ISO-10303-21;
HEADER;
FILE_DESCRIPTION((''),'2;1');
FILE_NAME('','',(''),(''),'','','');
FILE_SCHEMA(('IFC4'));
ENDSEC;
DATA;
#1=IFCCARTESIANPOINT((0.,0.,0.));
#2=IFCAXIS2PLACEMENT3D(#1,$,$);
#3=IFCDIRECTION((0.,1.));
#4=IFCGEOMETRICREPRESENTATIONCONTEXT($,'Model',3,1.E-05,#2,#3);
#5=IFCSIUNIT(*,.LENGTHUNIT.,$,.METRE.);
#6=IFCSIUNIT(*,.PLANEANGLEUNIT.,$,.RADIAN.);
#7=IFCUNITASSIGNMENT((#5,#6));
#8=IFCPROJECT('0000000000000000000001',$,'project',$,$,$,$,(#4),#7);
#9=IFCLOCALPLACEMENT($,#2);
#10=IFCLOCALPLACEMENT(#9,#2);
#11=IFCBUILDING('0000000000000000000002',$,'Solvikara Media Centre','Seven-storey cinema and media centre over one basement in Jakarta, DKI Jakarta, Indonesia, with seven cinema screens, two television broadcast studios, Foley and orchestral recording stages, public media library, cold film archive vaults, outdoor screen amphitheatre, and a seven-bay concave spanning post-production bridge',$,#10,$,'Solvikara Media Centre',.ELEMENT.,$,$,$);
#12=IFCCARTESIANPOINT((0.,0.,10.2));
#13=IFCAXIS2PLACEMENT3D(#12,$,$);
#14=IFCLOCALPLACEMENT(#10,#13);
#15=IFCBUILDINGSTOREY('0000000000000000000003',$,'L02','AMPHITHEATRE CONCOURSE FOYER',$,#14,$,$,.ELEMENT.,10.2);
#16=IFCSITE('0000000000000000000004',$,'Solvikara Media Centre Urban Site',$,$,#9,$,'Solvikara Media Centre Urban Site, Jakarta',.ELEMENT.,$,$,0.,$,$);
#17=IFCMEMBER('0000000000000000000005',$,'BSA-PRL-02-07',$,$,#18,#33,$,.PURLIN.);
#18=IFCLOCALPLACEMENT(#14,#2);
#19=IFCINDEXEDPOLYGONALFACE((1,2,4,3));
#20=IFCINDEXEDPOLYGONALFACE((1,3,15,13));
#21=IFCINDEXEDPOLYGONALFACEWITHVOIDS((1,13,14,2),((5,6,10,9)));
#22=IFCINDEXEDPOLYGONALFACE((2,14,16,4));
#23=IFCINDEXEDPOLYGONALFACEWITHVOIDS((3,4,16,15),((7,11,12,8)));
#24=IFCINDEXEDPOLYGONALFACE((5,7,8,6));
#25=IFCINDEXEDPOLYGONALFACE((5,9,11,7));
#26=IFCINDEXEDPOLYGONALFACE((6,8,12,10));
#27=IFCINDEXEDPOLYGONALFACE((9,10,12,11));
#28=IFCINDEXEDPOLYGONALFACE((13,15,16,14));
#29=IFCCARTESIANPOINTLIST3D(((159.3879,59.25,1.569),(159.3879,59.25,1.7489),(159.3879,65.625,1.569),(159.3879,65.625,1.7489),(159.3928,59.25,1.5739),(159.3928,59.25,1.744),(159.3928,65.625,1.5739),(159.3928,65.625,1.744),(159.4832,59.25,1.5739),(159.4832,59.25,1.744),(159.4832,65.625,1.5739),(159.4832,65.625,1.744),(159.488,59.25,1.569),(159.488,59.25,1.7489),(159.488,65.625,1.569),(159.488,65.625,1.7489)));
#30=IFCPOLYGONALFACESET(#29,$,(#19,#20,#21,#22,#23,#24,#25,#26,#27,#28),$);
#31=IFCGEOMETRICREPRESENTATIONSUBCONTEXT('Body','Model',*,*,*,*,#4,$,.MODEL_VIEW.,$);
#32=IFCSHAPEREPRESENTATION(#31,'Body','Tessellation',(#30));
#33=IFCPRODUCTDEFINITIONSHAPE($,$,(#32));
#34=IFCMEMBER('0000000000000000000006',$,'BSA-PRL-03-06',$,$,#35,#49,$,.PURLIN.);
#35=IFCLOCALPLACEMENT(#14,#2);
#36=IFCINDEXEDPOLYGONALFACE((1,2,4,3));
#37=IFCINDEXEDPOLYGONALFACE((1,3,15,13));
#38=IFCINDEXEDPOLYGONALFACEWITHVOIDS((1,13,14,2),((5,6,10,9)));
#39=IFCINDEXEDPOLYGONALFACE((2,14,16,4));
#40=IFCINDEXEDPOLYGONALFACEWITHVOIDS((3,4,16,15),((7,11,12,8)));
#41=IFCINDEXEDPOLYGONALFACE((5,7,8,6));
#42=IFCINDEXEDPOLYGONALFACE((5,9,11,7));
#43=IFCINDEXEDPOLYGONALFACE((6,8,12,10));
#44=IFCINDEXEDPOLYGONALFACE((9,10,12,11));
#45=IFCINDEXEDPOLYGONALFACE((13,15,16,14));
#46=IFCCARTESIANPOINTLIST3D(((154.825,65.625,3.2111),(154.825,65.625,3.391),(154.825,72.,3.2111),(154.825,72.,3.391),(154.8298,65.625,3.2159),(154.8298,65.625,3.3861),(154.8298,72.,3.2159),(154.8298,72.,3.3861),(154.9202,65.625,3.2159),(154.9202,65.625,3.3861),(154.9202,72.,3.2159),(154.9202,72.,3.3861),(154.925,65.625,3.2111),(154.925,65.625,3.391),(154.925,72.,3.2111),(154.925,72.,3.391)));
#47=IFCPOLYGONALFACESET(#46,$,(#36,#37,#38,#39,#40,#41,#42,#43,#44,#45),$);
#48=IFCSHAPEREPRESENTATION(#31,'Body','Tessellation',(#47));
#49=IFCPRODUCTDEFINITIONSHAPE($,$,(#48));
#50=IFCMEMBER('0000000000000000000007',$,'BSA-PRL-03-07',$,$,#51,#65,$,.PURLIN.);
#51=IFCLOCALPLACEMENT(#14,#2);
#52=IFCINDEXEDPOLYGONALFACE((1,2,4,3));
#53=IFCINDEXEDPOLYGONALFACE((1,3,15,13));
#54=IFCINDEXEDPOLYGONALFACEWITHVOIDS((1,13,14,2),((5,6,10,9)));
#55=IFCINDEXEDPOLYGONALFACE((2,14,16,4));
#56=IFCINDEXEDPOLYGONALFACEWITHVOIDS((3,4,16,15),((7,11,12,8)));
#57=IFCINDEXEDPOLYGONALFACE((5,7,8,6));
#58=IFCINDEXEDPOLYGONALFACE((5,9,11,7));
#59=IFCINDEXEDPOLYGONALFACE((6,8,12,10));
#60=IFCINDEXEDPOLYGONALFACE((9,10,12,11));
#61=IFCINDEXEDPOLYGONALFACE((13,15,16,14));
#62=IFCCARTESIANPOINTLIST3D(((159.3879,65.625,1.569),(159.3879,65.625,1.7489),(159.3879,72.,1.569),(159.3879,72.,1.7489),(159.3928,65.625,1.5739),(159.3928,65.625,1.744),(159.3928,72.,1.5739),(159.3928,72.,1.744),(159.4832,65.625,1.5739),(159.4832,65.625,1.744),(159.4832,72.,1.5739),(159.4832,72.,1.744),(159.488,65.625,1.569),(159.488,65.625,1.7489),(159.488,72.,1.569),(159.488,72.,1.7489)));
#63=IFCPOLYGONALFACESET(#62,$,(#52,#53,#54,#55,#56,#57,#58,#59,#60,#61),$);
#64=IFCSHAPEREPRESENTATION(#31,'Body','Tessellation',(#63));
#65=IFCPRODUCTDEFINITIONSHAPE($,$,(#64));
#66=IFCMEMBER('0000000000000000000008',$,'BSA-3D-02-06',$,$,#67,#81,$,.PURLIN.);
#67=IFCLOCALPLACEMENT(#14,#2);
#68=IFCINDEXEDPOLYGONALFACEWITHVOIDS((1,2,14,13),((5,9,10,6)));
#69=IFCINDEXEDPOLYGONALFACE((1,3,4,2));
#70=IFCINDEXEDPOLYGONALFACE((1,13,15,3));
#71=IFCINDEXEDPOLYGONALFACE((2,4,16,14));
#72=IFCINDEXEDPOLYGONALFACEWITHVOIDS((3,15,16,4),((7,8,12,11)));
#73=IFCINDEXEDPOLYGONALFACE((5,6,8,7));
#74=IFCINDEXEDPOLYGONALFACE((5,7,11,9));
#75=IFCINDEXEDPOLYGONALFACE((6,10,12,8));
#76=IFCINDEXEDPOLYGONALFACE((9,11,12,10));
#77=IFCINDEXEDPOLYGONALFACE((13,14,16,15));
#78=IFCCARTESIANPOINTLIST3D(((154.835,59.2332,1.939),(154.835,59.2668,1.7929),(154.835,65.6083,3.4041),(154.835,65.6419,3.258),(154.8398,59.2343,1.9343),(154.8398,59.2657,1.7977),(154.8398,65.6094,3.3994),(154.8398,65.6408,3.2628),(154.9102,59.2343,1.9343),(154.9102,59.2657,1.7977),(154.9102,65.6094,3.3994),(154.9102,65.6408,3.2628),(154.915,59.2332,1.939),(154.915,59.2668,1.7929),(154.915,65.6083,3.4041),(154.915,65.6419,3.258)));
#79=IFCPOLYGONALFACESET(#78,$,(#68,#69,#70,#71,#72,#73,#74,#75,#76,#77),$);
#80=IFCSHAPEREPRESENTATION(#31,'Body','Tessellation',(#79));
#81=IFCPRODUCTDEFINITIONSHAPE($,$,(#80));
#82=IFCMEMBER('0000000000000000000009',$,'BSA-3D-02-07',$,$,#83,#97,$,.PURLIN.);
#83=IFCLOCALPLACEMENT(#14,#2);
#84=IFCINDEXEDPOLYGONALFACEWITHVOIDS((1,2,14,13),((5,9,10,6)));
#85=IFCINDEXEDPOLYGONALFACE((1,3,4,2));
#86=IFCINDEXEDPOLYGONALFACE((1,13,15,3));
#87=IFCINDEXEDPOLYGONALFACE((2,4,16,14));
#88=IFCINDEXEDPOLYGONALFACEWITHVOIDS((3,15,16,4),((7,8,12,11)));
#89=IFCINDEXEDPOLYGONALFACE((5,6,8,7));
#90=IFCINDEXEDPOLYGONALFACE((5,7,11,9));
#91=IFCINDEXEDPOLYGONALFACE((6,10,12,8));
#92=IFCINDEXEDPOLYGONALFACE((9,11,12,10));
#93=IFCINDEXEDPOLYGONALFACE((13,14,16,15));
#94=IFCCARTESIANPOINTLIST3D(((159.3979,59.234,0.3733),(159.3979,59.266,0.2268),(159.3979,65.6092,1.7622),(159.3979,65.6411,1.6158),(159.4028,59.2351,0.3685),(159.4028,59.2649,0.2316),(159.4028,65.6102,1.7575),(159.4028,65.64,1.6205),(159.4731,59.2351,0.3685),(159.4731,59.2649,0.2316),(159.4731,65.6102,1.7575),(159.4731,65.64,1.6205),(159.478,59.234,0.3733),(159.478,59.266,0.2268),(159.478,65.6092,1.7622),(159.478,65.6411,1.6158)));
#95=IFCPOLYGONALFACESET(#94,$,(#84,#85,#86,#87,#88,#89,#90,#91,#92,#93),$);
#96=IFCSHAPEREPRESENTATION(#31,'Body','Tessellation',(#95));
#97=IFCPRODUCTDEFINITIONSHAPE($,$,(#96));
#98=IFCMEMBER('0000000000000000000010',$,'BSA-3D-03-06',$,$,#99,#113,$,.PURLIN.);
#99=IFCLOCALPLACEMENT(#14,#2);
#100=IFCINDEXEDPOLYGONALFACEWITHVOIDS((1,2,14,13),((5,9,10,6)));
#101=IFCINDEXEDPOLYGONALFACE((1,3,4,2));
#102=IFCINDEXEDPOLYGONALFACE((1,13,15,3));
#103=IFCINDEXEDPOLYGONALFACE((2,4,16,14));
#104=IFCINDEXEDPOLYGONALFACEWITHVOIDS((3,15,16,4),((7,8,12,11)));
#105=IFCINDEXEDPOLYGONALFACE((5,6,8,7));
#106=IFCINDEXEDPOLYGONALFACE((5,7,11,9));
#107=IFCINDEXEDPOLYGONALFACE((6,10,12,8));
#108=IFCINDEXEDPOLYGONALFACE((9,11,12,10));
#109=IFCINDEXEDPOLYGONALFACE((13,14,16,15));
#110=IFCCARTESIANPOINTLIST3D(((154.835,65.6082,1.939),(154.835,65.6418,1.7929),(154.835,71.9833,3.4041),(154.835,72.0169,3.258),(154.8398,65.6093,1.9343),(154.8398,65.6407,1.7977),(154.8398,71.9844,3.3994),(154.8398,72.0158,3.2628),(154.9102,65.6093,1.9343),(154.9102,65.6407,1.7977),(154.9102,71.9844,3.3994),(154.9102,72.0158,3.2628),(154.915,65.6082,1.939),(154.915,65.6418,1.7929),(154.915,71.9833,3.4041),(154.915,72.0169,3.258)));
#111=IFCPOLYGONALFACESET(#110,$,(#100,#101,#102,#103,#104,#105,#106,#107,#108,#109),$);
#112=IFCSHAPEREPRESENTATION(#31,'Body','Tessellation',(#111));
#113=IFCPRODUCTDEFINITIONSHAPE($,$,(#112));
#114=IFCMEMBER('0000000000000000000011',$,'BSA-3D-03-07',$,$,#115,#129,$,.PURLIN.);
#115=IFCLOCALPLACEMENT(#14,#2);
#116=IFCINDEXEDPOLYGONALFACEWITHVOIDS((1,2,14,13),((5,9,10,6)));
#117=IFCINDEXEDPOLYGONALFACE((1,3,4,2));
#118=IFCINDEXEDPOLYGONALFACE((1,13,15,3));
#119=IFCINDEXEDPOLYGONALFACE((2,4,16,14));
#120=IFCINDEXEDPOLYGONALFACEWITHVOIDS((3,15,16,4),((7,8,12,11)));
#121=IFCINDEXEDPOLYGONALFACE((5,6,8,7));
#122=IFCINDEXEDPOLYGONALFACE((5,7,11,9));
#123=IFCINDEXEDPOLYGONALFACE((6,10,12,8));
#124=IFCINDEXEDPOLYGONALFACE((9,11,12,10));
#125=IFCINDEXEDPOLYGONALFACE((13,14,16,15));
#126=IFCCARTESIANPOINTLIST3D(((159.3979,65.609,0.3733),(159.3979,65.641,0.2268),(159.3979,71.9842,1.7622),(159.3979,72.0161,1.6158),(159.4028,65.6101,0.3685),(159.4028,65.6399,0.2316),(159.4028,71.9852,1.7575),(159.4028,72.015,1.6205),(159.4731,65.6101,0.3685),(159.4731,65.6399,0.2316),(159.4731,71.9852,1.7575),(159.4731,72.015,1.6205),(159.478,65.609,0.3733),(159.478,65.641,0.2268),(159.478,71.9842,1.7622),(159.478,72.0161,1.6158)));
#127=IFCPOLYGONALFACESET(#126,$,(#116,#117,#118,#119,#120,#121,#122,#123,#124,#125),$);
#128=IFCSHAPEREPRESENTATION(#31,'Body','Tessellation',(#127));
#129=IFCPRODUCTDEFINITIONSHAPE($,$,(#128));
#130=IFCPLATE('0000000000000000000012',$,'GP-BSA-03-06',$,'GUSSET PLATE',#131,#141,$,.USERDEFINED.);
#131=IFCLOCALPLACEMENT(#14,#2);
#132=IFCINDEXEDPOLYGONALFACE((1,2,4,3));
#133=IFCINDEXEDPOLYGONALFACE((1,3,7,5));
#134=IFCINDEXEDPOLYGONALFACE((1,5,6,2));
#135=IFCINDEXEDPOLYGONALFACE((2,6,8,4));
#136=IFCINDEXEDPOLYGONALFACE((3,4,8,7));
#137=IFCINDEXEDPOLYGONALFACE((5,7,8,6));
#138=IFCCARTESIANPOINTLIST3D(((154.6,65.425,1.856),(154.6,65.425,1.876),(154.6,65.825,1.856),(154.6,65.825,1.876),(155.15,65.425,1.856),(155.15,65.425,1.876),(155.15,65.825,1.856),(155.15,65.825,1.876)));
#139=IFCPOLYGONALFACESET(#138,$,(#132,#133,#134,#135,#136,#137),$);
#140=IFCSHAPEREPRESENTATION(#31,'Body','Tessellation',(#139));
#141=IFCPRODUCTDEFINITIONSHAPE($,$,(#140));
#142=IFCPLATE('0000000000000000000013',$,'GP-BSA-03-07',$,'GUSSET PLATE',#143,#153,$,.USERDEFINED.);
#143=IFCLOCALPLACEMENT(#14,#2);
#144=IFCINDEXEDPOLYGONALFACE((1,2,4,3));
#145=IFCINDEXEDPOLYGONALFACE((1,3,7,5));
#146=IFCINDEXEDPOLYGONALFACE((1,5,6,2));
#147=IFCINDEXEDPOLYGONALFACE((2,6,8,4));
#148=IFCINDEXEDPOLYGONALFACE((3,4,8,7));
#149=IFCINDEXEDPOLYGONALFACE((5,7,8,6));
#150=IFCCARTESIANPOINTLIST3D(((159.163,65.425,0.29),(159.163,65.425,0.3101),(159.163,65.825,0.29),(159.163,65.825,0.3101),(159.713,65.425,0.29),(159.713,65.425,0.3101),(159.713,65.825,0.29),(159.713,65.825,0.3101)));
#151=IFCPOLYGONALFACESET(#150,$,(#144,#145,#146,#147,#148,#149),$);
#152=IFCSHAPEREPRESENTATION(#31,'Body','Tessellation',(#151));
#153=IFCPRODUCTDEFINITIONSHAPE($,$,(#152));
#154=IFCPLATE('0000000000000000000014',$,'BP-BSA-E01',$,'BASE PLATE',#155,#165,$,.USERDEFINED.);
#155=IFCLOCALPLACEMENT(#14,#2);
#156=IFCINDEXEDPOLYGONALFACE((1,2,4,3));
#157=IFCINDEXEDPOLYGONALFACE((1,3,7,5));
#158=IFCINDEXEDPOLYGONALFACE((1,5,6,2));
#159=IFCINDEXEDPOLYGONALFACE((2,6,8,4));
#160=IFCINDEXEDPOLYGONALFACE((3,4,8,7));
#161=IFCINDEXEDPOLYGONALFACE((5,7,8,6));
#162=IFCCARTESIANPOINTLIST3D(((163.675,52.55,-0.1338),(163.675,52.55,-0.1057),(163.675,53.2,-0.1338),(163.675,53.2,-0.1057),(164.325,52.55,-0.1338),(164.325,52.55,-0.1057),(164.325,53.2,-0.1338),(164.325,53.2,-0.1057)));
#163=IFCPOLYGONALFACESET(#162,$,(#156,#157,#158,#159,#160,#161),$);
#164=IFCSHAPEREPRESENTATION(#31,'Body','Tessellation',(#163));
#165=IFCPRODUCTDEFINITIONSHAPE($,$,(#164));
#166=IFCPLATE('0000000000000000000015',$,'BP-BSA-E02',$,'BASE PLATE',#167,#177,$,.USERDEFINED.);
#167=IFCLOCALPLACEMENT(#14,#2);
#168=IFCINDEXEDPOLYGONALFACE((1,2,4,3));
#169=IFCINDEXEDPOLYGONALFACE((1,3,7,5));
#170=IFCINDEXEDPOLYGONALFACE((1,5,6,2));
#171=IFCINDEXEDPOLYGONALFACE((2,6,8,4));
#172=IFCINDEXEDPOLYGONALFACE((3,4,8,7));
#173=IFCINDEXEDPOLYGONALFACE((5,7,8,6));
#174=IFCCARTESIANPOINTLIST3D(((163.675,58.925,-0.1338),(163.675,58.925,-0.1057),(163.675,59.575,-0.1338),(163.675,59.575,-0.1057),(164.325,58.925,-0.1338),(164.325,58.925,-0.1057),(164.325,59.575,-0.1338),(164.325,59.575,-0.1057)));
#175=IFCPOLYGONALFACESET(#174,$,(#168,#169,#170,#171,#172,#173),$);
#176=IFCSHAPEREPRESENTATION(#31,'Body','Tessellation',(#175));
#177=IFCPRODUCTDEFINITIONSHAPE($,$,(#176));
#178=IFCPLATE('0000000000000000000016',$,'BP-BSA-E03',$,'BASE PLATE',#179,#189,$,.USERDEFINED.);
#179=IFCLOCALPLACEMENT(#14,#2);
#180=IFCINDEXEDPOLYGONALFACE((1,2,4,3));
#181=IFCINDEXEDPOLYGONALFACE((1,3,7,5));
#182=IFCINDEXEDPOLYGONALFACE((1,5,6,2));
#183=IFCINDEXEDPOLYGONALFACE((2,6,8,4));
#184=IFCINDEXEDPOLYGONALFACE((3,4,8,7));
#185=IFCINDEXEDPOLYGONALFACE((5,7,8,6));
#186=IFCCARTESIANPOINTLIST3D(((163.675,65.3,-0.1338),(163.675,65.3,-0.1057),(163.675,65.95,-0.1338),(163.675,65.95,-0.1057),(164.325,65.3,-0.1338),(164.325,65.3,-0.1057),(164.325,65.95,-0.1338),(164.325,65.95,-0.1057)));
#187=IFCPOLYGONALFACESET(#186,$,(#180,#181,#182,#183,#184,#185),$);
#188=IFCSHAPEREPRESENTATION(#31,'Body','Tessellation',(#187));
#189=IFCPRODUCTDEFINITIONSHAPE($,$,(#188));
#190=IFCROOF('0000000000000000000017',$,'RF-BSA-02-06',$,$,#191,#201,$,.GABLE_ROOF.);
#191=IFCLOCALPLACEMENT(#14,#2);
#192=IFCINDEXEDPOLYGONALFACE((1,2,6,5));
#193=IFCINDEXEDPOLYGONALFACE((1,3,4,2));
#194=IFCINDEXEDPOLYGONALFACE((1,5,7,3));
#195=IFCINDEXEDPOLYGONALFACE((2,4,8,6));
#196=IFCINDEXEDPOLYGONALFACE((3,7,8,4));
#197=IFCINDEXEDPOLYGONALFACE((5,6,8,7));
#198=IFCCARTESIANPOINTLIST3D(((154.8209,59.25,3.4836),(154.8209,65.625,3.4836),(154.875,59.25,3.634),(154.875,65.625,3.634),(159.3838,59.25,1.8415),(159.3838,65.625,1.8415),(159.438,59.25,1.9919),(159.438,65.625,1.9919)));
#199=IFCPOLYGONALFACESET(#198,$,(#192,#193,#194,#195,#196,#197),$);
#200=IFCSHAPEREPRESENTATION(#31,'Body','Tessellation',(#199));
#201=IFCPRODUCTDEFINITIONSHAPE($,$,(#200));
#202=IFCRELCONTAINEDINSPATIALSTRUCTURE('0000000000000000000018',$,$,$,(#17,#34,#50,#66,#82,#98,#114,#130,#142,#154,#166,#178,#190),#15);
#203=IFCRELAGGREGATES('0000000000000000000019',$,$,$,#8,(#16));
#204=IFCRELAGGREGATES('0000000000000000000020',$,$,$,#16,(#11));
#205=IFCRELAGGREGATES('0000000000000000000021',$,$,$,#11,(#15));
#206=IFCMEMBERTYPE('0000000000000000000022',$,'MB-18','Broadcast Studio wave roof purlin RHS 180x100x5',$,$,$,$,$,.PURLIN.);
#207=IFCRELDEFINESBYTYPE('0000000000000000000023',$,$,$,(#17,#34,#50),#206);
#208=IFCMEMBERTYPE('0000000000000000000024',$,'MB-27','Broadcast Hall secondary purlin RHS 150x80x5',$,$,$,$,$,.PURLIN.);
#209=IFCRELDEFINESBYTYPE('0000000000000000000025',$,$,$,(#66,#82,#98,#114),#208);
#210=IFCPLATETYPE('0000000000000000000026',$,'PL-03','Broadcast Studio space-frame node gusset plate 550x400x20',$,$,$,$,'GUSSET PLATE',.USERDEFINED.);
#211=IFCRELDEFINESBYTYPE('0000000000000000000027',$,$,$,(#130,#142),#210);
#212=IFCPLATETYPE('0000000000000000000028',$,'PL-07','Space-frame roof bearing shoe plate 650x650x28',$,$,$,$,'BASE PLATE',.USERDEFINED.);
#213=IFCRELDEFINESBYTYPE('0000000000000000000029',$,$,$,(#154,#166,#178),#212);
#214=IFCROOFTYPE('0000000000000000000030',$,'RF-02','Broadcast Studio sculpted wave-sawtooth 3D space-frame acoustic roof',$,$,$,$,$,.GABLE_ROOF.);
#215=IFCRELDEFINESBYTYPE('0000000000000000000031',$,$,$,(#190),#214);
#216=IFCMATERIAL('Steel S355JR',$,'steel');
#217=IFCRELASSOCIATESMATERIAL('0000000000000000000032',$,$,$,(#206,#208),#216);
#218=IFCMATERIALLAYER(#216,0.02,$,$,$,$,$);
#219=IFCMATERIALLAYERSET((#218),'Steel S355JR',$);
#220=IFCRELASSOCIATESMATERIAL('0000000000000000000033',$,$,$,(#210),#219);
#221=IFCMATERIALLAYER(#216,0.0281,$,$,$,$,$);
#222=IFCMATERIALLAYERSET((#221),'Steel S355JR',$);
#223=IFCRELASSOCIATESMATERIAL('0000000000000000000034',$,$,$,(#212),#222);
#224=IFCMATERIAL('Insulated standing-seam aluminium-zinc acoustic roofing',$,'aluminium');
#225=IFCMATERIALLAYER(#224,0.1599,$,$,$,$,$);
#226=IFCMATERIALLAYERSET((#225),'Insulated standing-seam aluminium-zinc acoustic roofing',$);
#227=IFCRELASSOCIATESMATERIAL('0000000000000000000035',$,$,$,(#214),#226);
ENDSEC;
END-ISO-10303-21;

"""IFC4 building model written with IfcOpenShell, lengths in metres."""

from ifc_helpers import new_model, si_unit, direction, frame, origin, origin_2d, place, context, subcontext, project, spatial, polyline, rectangle, hollow_rectangle, outline, extrude, material, layer, layer_set, material_profile, profile_set, type_object, element, save


model = new_model("IFC4")

# Units and contexts
model_context = context("Model", 3, precision=1e-05, world=origin(), true_north=direction((0.0, 1.0)))
body_context = subcontext(model_context, "Body", "Model", "MODEL_VIEW")
ifc_project = project(units=[si_unit("LENGTHUNIT", "METRE"), si_unit("PLANEANGLEUNIT", "RADIAN")], contexts=[model_context])

# Site, building, storey
site_placement = place(None, origin())
site = spatial("IfcSite", under=ifc_project, at=site_placement, Name="Solvikara Media Centre Urban Site", LongName="Solvikara Media Centre Urban Site, Jakarta", CompositionType="ELEMENT", RefElevation=0.0)
building_placement = place(site_placement, origin())
building = spatial("IfcBuilding", under=site, at=building_placement, Name="Solvikara Media Centre", Description="Seven-storey cinema and media centre over one basement in Jakarta, DKI Jakarta, Indonesia, with seven cinema screens, two television broadcast studios, Foley and orchestral recording stages, public media library, cold film archive vaults, outdoor screen amphitheatre, and a seven-bay concave spanning post-production bridge", LongName="Solvikara Media Centre", CompositionType="ELEMENT")
storey_placement = place(building_placement, frame((0.0, 0.0, 10.2)))
storey = spatial("IfcBuildingStorey", under=building, at=storey_placement, Name="L02", Description="AMPHITHEATRE CONCOURSE FOYER", CompositionType="ELEMENT", Elevation=10.2)

# Members
ifc_material_1 = material(Name="Steel S355JR", Category="steel")
ifc_material_profile_1 = material_profile(ifc_material_1, hollow_rectangle(XDim=0.1001, YDim=0.1799, WallThickness=0.0049, at=origin_2d()), Name="RHS 180x100x5")
ifc_profile_set_1 = profile_set([ifc_material_profile_1], Name="Steel S355JR")
member_type_1 = type_object("IfcMemberType", Name="MB-18", Description="Broadcast Studio wave roof purlin RHS 180x100x5", PredefinedType="PURLIN", material=ifc_profile_set_1)
for number, where, z_axis, x_axis, name in (
    (1, (159.438, 59.25, 1.6589), (0.0, 1.0, 0.0), (-1.0, 0.0, 0.0), "BSA-PRL-02-07"),
    (2, (154.875, 65.625, 3.301), (0.0, 1.0, 0.0), (-1.0, 0.0, 0.0), "BSA-PRL-03-06"),
    (3, (159.438, 65.625, 1.6589), (0.0, 1.0, 0.0), (-1.0, 0.0, 0.0), "BSA-PRL-03-07"),
):
    element("IfcMember", number, at=place(storey_placement, frame(where, z_axis=z_axis, x_axis=x_axis)), inside=storey, type_object=member_type_1, Name=name, PredefinedType="PURLIN", context=body_context, shape_type="SweptSolid", body=[
        extrude(hollow_rectangle(XDim=0.1001, YDim=0.1799, WallThickness=0.0049, at=origin_2d()), origin(), (0.0, 0.0, 1.0), 6.375),
    ])
ifc_material_profile_2 = material_profile(ifc_material_1, hollow_rectangle(XDim=0.0801, YDim=0.1499, WallThickness=0.0049, at=origin_2d()), Name="RHS 150x80x5")
ifc_profile_set_2 = profile_set([ifc_material_profile_2], Name="Steel S355JR")
member_type_2 = type_object("IfcMemberType", Name="MB-27", Description="Broadcast Hall secondary purlin RHS 150x80x5", PredefinedType="PURLIN", material=ifc_profile_set_2)
member_1_placement = place(storey_placement, frame((154.875, 59.25, 1.866), z_axis=(0.0, 0.974594, 0.223979), x_axis=(-1.0, 0.0, 0.0)))
element("IfcMember", 4, at=member_1_placement, inside=storey, type_object=member_type_2, Name="BSA-3D-02-06", PredefinedType="PURLIN", context=body_context, shape_type="SweptSolid", body=[
    extrude(hollow_rectangle(XDim=0.0801, YDim=0.1499, WallThickness=0.0049, at=origin_2d()), origin(), (0.0, 0.0, 1.0), 6.5413),
])
member_2_placement = place(storey_placement, frame((159.438, 59.25, 0.3), z_axis=(0.0, 0.977079, 0.212875), x_axis=(-1.0, 0.0, 0.0)))
element("IfcMember", 5, at=member_2_placement, inside=storey, type_object=member_type_2, Name="BSA-3D-02-07", PredefinedType="PURLIN", context=body_context, shape_type="SweptSolid", body=[
    extrude(hollow_rectangle(XDim=0.0801, YDim=0.1499, WallThickness=0.0049, at=origin_2d()), origin(), (0.0, 0.0, 1.0), 6.5247),
])
member_3_placement = place(storey_placement, frame((154.875, 65.625, 1.866), z_axis=(0.0, 0.974594, 0.223979), x_axis=(-1.0, 0.0, 0.0)))
element("IfcMember", 6, at=member_3_placement, inside=storey, type_object=member_type_2, Name="BSA-3D-03-06", PredefinedType="PURLIN", context=body_context, shape_type="SweptSolid", body=[
    extrude(hollow_rectangle(XDim=0.0801, YDim=0.1499, WallThickness=0.0049, at=origin_2d()), origin(), (0.0, 0.0, 1.0), 6.5413),
])
member_4_placement = place(storey_placement, frame((159.438, 65.625, 0.3), z_axis=(0.0, 0.977079, 0.212875), x_axis=(-1.0, 0.0, 0.0)))
element("IfcMember", 7, at=member_4_placement, inside=storey, type_object=member_type_2, Name="BSA-3D-03-07", PredefinedType="PURLIN", context=body_context, shape_type="SweptSolid", body=[
    extrude(hollow_rectangle(XDim=0.0801, YDim=0.1499, WallThickness=0.0049, at=origin_2d()), origin(), (0.0, 0.0, 1.0), 6.5247),
])

# Plates
ifc_layer_1 = layer(ifc_material_1, 0.02)
ifc_layer_set_1 = layer_set([ifc_layer_1], Name="Steel S355JR")
plate_type_1 = type_object("IfcPlateType", Name="PL-03", Description="Broadcast Studio space-frame node gusset plate 550x400x20", ElementType="GUSSET PLATE", PredefinedType="USERDEFINED", material=ifc_layer_set_1)
for number, where, z_axis, x_axis, name in (
    (8, (154.875, 65.625, 1.856), (0.0, 0.0, 1.0), (1.0, 0.0, 0.0), "GP-BSA-03-06"),
    (9, (159.438, 65.625, 0.29), (0.0, 0.0, 1.0), (1.0, 0.0, 0.0), "GP-BSA-03-07"),
):
    element("IfcPlate", number, at=place(storey_placement, frame(where, z_axis=z_axis, x_axis=x_axis)), inside=storey, type_object=plate_type_1, Name=name, ObjectType="GUSSET PLATE", PredefinedType="USERDEFINED", context=body_context, shape_type="SweptSolid", body=[
        extrude(rectangle(XDim=0.55, YDim=0.3999, at=origin_2d()), origin(), (0.0, 0.0, 1.0), 0.02),
    ])
ifc_layer_2 = layer(ifc_material_1, 0.0281)
ifc_layer_set_2 = layer_set([ifc_layer_2], Name="Steel S355JR")
plate_type_2 = type_object("IfcPlateType", Name="PL-07", Description="Space-frame roof bearing shoe plate 650x650x28", ElementType="BASE PLATE", PredefinedType="USERDEFINED", material=ifc_layer_set_2)
for number, where, z_axis, x_axis, name in (
    (10, (164.0, 52.875, -0.1338), (0.0, 0.0, 1.0), (1.0, 0.0, 0.0), "BP-BSA-E01"),
    (11, (164.0, 59.25, -0.1338), (0.0, 0.0, 1.0), (1.0, 0.0, 0.0), "BP-BSA-E02"),
    (12, (164.0, 65.625, -0.1338), (0.0, 0.0, 1.0), (1.0, 0.0, 0.0), "BP-BSA-E03"),
):
    element("IfcPlate", number, at=place(storey_placement, frame(where, z_axis=z_axis, x_axis=x_axis)), inside=storey, type_object=plate_type_2, Name=name, ObjectType="BASE PLATE", PredefinedType="USERDEFINED", context=body_context, shape_type="SweptSolid", body=[
        extrude(rectangle(XDim=0.6499, YDim=0.6499, at=origin_2d()), origin(), (0.0, 0.0, 1.0), 0.0281),
    ])

# Roof
ifc_material_2 = material(Name="Insulated standing-seam aluminium-zinc acoustic roofing", Category="aluminium")
ifc_layer_3 = layer(ifc_material_2, 0.1599)
ifc_layer_set_3 = layer_set([ifc_layer_3], Name="Insulated standing-seam aluminium-zinc acoustic roofing")
roof_type = type_object("IfcRoofType", Name="RF-02", Description="Broadcast Studio sculpted wave-sawtooth 3D space-frame acoustic roof", PredefinedType="GABLE_ROOF", material=ifc_layer_set_3)
roof_1_placement = place(storey_placement, frame((154.875, 59.25, 3.634), z_axis=(0.338613, 0.0, 0.940926), x_axis=(0.940926, 0.0, -0.338613)))
element("IfcRoof", 13, at=roof_1_placement, inside=storey, type_object=roof_type, Name="RF-BSA-02-06", PredefinedType="GABLE_ROOF", context=body_context, shape_type="SweptSolid", body=[
    extrude(outline(polyline([(0.0, 0.0), (4.8495, 0.0), (4.8495, 6.375), (0.0, 6.375), (0.0, 0.0)])), origin(), (0.0, 0.0, -1.0), 0.1599),
])

save(model, "model.ifc")
